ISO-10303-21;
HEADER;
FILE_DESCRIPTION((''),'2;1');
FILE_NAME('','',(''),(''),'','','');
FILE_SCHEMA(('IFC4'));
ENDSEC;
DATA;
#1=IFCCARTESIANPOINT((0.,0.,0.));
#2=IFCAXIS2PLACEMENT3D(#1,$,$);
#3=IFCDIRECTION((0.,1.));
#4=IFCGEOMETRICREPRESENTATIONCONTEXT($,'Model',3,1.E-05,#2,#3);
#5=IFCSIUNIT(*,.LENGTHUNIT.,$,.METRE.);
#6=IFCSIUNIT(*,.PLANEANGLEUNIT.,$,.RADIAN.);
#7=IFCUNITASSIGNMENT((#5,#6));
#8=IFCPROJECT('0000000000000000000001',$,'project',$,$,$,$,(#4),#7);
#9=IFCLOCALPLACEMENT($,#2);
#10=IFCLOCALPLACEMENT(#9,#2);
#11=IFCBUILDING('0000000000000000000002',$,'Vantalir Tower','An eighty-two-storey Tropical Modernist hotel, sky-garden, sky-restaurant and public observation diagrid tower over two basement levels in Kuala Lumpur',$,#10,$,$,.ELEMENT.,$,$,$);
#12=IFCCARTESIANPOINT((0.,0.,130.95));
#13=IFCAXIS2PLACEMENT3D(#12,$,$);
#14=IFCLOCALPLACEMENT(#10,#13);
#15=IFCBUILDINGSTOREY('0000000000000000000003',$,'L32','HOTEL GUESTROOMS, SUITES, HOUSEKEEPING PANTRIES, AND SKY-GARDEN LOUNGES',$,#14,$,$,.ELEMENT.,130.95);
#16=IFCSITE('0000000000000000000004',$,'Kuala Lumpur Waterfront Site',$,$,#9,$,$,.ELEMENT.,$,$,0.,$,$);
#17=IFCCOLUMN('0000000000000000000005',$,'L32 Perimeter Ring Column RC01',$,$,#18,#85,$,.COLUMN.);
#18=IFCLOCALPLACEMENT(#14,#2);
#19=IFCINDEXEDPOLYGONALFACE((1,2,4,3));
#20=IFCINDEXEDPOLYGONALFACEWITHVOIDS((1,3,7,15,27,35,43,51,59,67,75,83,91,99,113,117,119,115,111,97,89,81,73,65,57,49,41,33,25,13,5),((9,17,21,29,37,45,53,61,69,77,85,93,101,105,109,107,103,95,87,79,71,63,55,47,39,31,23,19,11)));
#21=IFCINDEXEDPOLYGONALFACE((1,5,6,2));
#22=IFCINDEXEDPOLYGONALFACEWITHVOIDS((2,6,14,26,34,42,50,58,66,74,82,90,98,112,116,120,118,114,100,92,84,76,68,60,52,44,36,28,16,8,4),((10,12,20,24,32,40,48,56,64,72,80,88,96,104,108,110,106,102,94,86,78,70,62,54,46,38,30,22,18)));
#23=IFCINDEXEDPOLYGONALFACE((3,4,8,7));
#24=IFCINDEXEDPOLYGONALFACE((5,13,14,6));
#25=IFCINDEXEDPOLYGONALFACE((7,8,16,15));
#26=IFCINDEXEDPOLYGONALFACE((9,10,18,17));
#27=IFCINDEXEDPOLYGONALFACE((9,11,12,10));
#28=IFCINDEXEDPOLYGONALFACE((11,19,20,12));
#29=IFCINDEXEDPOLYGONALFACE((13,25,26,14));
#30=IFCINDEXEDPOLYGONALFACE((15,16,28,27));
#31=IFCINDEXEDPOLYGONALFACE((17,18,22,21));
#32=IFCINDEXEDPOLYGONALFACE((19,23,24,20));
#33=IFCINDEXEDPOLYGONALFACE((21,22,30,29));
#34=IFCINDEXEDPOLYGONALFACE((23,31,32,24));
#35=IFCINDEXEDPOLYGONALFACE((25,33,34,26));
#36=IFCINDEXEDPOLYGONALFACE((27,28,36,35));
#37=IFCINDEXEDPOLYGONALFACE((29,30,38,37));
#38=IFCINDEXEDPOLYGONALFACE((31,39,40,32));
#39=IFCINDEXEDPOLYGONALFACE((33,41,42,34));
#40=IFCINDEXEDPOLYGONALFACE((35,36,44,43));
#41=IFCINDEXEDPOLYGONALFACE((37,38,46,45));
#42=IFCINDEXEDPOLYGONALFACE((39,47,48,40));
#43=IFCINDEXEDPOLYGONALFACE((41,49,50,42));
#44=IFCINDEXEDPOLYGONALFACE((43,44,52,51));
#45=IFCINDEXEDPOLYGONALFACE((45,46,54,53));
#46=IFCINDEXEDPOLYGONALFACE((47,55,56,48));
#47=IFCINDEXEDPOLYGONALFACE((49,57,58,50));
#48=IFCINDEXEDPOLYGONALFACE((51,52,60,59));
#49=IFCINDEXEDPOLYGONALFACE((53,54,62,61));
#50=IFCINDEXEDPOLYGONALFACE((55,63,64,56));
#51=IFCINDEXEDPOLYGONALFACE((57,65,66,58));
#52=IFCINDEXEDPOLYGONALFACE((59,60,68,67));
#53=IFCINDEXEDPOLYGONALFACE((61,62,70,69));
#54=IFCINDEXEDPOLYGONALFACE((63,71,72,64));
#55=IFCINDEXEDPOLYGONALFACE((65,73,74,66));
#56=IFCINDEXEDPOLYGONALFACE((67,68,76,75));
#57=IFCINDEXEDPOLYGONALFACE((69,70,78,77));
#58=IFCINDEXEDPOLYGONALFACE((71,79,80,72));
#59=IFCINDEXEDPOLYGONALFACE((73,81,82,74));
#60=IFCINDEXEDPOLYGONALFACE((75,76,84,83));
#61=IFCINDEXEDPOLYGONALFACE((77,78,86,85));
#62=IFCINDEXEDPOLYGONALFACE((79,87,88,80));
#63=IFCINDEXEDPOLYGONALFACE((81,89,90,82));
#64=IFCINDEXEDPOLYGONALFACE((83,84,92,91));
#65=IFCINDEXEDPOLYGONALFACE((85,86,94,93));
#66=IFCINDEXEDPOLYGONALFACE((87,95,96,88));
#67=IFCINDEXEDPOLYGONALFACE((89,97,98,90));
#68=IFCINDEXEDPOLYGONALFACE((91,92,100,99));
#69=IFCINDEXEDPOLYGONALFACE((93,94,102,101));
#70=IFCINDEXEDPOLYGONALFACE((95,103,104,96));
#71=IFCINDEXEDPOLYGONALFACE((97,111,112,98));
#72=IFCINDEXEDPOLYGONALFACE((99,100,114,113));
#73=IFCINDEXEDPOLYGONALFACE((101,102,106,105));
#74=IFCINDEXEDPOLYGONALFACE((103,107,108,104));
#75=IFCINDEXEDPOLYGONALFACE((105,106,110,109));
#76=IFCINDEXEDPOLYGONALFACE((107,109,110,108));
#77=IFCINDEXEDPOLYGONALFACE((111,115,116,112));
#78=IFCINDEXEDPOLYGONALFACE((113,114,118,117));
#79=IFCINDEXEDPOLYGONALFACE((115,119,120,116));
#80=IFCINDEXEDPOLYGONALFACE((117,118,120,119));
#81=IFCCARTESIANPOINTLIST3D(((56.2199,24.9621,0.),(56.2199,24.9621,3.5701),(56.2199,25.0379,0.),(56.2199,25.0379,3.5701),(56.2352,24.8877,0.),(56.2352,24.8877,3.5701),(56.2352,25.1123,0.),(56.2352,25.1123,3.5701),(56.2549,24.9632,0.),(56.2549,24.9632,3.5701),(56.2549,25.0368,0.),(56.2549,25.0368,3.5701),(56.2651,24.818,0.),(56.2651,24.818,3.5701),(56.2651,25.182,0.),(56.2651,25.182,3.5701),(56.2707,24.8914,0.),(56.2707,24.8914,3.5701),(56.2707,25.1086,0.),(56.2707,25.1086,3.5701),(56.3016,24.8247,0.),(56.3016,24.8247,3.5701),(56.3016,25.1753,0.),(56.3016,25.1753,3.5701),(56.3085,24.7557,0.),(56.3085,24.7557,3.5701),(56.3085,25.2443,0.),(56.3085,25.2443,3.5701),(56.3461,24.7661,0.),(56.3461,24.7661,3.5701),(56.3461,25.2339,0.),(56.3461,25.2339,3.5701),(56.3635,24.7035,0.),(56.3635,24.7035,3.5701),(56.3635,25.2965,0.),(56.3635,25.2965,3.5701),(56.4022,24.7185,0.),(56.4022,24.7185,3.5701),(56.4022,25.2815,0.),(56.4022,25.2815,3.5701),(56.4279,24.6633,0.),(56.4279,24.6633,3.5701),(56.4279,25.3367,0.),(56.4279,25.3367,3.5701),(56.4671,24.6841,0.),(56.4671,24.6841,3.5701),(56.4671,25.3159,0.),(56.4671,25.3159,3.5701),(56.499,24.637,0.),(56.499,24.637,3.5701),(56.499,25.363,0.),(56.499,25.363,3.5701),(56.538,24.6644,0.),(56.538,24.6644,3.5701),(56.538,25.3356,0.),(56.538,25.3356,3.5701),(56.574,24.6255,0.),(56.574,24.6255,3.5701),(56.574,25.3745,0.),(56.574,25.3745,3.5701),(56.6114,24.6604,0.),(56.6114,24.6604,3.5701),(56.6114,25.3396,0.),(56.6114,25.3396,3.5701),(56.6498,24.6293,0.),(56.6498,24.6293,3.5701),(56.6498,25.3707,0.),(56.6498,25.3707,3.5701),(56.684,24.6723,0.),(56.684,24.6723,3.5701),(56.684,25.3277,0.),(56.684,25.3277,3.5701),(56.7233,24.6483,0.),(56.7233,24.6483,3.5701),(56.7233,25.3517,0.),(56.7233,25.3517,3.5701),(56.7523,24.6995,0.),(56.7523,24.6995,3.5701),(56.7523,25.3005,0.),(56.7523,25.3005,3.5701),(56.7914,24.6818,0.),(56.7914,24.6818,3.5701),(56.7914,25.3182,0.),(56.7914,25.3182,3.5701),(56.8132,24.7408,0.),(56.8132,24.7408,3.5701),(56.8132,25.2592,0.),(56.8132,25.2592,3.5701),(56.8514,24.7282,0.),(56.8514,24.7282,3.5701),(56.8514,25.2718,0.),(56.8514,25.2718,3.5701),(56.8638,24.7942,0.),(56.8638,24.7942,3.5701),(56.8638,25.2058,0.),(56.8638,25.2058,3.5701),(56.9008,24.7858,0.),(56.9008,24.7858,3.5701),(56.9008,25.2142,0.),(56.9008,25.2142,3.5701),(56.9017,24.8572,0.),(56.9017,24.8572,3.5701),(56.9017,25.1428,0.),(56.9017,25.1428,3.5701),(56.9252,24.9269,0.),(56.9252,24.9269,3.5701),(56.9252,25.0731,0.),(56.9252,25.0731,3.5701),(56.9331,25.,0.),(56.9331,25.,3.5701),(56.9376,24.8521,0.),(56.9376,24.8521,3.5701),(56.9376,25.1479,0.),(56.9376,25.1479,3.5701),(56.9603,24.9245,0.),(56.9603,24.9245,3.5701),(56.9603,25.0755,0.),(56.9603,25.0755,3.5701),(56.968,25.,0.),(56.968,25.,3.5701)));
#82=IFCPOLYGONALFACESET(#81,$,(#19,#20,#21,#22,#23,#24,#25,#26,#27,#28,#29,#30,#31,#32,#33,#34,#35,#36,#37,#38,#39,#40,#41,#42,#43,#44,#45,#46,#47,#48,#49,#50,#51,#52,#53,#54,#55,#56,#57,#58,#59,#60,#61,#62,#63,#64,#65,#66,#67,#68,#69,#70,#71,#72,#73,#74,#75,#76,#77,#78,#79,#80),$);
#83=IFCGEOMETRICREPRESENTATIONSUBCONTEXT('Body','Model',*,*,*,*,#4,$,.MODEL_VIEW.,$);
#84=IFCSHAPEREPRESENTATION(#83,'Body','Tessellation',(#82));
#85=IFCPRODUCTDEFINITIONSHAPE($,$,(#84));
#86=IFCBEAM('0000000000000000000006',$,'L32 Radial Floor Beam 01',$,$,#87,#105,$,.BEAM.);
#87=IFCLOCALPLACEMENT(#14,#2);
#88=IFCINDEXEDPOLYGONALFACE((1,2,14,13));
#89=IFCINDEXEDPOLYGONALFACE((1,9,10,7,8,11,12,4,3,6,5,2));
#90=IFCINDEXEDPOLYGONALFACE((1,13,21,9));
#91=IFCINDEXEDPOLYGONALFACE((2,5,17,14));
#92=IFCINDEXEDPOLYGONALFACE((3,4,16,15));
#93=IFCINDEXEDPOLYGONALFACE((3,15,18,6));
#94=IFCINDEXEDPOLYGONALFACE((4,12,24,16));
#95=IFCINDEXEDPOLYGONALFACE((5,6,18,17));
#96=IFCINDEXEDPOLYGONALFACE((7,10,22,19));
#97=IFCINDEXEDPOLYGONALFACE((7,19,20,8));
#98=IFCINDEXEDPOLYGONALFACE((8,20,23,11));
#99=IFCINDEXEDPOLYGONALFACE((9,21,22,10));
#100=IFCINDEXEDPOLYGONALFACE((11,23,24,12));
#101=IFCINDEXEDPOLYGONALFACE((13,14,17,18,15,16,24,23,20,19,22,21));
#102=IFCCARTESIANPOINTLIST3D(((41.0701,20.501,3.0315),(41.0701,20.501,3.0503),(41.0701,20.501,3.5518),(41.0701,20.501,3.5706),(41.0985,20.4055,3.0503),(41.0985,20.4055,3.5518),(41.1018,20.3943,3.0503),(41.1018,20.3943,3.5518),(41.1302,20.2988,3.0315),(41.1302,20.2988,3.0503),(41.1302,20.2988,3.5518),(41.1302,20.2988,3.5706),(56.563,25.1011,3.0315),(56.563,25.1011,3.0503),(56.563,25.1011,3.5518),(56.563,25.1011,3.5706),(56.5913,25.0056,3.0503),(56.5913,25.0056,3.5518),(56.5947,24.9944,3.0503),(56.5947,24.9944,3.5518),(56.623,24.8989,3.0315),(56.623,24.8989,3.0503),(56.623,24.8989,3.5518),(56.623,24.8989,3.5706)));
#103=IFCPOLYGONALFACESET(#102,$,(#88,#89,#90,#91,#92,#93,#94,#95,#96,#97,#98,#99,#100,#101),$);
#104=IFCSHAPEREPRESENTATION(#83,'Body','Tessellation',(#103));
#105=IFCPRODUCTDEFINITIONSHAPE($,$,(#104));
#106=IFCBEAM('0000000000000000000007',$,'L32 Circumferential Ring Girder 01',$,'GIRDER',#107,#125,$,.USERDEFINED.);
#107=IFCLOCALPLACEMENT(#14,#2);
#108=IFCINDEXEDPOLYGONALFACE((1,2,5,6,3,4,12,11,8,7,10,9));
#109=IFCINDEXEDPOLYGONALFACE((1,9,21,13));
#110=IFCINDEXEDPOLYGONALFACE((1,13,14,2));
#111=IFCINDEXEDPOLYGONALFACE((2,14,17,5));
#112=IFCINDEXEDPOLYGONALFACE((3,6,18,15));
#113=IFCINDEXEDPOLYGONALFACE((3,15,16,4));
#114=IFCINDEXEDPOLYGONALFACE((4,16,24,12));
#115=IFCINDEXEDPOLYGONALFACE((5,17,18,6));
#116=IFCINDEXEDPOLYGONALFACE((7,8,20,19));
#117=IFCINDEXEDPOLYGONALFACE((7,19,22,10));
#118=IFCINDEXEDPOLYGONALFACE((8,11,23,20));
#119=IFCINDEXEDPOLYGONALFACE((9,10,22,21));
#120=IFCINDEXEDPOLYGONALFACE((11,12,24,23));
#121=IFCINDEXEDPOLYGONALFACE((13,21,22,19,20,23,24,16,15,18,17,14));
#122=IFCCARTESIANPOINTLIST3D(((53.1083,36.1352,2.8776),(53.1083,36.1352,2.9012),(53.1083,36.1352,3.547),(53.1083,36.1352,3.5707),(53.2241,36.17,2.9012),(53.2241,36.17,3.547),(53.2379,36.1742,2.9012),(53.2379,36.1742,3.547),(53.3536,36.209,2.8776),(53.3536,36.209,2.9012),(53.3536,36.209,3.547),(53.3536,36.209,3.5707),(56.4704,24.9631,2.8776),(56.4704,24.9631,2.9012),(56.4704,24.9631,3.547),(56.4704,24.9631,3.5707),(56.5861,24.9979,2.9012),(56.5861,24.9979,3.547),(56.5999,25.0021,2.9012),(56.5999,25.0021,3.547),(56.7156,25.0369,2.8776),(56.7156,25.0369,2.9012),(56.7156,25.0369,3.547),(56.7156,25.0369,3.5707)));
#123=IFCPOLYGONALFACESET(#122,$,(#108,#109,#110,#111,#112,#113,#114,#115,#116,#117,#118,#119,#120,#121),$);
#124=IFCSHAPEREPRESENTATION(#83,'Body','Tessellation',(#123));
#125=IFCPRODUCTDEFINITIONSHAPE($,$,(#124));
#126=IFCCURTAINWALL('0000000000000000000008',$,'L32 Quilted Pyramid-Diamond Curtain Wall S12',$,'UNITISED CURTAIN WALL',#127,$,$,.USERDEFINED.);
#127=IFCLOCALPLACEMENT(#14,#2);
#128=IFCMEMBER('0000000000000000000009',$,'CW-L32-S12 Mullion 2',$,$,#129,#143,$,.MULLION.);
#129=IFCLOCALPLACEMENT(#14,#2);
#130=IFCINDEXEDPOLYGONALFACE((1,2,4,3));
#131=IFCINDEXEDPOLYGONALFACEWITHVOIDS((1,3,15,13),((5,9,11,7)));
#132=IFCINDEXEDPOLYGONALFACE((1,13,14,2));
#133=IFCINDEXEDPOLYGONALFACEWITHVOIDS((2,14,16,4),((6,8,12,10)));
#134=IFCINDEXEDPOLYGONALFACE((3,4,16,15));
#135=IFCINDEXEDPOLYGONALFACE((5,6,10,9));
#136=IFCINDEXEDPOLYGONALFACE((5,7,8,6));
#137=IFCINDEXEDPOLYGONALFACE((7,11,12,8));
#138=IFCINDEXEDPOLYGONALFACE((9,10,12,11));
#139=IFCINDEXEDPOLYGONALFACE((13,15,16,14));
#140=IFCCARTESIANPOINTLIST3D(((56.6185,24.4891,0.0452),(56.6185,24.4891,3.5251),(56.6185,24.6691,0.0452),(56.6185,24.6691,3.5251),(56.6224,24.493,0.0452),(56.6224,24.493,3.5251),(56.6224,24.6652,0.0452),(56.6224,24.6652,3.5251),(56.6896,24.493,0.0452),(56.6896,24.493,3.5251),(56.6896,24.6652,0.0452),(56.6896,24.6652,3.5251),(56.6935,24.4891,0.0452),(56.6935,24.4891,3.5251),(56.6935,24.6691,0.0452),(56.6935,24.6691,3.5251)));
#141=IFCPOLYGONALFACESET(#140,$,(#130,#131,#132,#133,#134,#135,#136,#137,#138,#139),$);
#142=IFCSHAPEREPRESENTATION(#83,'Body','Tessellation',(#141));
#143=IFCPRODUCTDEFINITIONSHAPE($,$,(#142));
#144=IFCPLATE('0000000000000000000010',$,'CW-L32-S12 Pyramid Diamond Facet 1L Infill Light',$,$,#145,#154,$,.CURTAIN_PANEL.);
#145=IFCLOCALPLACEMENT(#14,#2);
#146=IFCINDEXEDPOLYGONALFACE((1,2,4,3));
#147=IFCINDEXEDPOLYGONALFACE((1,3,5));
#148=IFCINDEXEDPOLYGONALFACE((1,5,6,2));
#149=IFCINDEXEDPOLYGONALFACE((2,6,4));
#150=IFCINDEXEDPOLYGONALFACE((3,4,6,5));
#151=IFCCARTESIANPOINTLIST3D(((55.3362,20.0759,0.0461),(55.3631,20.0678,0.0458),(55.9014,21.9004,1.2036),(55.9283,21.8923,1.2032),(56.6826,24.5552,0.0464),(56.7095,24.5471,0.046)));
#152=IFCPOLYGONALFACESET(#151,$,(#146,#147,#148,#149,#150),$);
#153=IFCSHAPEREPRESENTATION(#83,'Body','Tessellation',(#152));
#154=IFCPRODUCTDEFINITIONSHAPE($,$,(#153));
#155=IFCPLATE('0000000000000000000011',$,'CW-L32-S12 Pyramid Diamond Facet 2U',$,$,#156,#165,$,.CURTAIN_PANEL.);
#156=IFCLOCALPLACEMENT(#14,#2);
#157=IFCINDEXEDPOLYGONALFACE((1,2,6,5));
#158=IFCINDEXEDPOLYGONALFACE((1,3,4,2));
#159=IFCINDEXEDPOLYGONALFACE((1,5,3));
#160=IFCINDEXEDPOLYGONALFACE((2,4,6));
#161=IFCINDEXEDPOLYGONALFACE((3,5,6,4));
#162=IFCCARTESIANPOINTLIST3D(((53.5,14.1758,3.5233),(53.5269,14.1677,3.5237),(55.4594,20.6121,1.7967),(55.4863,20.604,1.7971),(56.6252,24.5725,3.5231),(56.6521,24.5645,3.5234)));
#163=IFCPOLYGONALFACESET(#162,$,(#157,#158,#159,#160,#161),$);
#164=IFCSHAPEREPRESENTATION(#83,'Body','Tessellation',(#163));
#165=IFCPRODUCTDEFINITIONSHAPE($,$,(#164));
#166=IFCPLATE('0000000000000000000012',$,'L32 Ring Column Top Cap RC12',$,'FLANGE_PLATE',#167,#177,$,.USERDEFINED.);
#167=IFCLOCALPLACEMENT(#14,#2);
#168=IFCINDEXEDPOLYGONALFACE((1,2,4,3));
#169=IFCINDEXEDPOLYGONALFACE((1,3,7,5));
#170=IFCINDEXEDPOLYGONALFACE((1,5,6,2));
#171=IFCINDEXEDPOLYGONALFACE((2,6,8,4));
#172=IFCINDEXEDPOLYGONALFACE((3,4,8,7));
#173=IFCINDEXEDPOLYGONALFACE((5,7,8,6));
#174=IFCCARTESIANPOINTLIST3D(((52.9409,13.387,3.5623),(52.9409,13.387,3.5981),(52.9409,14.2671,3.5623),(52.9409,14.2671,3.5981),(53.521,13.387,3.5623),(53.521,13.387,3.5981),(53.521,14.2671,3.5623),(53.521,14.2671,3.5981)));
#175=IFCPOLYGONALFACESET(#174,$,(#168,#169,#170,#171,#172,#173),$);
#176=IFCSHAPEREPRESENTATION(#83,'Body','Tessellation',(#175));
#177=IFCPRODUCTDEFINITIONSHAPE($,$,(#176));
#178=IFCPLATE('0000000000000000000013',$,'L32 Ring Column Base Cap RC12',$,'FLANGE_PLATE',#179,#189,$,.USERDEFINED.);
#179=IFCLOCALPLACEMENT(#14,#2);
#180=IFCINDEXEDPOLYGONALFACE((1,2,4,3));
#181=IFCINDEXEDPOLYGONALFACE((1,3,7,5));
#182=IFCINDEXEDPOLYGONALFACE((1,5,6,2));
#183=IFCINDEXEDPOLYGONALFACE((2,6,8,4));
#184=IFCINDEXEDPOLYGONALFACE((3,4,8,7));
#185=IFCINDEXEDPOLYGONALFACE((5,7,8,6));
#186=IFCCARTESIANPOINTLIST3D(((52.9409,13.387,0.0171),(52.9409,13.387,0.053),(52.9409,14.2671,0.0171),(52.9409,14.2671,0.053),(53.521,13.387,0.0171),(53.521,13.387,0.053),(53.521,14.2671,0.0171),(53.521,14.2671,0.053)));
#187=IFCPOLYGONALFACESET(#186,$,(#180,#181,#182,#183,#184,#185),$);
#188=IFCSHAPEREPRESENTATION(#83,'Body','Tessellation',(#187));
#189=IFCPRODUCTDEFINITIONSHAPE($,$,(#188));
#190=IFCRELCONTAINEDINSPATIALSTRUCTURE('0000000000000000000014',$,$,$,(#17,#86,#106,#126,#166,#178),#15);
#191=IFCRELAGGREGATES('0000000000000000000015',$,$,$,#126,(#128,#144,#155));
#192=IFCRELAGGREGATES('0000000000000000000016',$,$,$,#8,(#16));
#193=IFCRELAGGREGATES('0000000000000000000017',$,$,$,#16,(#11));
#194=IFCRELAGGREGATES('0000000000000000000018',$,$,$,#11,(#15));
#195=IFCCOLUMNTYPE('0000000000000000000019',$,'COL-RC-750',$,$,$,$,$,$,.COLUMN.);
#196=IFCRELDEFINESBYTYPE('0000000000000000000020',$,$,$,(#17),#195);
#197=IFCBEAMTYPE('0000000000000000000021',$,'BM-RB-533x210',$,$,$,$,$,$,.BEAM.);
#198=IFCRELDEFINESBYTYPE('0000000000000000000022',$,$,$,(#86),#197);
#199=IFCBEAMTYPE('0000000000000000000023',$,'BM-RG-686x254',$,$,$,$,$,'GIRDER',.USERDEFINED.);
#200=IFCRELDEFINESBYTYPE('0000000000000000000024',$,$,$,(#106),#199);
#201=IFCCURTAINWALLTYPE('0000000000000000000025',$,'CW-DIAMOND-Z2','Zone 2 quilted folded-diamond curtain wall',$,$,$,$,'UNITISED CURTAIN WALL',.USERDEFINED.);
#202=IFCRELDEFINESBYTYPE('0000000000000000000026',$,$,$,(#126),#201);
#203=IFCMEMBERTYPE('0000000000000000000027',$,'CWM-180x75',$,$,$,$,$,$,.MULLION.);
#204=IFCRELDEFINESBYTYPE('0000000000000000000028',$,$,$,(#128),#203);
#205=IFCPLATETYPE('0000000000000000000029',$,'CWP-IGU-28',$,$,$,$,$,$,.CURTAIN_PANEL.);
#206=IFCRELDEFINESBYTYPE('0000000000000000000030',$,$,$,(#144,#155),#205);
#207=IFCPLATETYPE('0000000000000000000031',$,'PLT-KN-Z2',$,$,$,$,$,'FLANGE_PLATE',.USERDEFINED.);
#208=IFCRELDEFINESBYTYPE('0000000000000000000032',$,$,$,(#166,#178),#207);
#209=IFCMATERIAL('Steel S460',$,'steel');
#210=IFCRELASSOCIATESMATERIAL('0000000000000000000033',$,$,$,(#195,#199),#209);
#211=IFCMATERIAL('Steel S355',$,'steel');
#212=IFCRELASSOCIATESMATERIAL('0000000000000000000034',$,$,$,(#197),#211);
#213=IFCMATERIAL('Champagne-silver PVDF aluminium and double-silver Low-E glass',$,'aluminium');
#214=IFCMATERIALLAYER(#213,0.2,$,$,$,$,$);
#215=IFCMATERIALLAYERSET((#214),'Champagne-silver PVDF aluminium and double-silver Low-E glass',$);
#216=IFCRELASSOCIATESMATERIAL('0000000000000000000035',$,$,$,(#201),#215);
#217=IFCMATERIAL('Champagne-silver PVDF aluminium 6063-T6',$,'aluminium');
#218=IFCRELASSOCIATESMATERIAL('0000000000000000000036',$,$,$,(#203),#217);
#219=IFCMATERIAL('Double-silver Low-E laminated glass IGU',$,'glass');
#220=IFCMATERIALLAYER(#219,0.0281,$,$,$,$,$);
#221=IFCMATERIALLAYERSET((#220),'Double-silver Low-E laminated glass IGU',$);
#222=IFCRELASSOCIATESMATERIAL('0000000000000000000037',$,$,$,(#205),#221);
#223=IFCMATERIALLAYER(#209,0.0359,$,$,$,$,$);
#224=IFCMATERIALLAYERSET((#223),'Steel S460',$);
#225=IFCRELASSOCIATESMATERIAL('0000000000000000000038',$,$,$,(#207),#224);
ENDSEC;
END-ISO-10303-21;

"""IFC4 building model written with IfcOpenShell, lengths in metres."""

from ifc_helpers import new_model, si_unit, direction, frame, origin, origin_2d, place, context, subcontext, project, spatial, polyline, hollow_rectangle, hollow_circle, i_section, outline, extrude, material, layer, layer_set, material_profile, profile_set, type_object, element, aggregate, save


model = new_model("IFC4")

# Units and contexts
model_context = context("Model", 3, precision=1e-05, world=origin(), true_north=direction((0.0, 1.0)))
body_context = subcontext(model_context, "Body", "Model", "MODEL_VIEW")
ifc_project = project(units=[si_unit("LENGTHUNIT", "METRE"), si_unit("PLANEANGLEUNIT", "RADIAN")], contexts=[model_context])

# Site, building, storey
site_placement = place(None, origin())
site = spatial("IfcSite", under=ifc_project, at=site_placement, Name="Kuala Lumpur Waterfront Site", CompositionType="ELEMENT", RefElevation=0.0)
building_placement = place(site_placement, origin())
building = spatial("IfcBuilding", under=site, at=building_placement, Name="Vantalir Tower", Description="An eighty-two-storey Tropical Modernist hotel, sky-garden, sky-restaurant and public observation diagrid tower over two basement levels in Kuala Lumpur", CompositionType="ELEMENT")
storey_placement = place(building_placement, frame((0.0, 0.0, 130.95)))
storey = spatial("IfcBuildingStorey", under=building, at=storey_placement, Name="L32", Description="HOTEL GUESTROOMS, SUITES, HOUSEKEEPING PANTRIES, AND SKY-GARDEN LOUNGES", CompositionType="ELEMENT", Elevation=130.95)

# Column
ifc_material_1 = material(Name="Steel S460", Category="steel")
ifc_material_profile_1 = material_profile(ifc_material_1, hollow_circle(Radius=0.375, WallThickness=0.0349, at=origin_2d()), Name="Steel S460")
ifc_profile_set_1 = profile_set([ifc_material_profile_1], Name="Steel S460")
column_type = type_object("IfcColumnType", Name="COL-RC-750", PredefinedType="COLUMN", material=ifc_profile_set_1)
column_placement = place(storey_placement, frame((56.593, 25.0, 0.0), z_axis=(0.0, 0.0, 1.0), x_axis=(1.0, 0.0, 0.0)))
element("IfcColumn", 1, at=column_placement, inside=storey, type_object=column_type, Name="L32 Perimeter Ring Column RC01", PredefinedType="COLUMN", context=body_context, shape_type="SweptSolid", body=[
    extrude(hollow_circle(Radius=0.375, WallThickness=0.0349, at=origin_2d()), origin(), (0.0, 0.0, 1.0), 3.5701),
])

# Beams
ifc_material_2 = material(Name="Steel S355", Category="steel")
ifc_material_profile_2 = material_profile(ifc_material_2, i_section(OverallWidth=0.2109, OverallDepth=0.5391, WebThickness=0.0117, FlangeThickness=0.0188, at=origin_2d()), Name="Steel S355")
ifc_profile_set_2 = profile_set([ifc_material_profile_2], Name="Steel S355")
beam_type_1 = type_object("IfcBeamType", Name="BM-RB-533x210", PredefinedType="BEAM", material=ifc_profile_set_2)
beam_1_placement = place(storey_placement, frame((56.593, 25.0, 3.301), z_axis=(-0.958636, -0.284635, 0.0), x_axis=(0.284635, -0.958636, 0.0)))
element("IfcBeam", 2, at=beam_1_placement, inside=storey, type_object=beam_type_1, Name="L32 Radial Floor Beam 01", PredefinedType="BEAM", context=body_context, shape_type="SweptSolid", body=[
    extrude(i_section(OverallWidth=0.2109, OverallDepth=0.5391, WebThickness=0.0117, FlangeThickness=0.0188, at=origin_2d()), origin(), (0.0, 0.0, 1.0), 16.1614),
])
ifc_material_profile_3 = material_profile(ifc_material_1, i_section(OverallWidth=0.2561, OverallDepth=0.6931, WebThickness=0.0144, FlangeThickness=0.0237, at=origin_2d()), Name="Steel S460")
ifc_profile_set_3 = profile_set([ifc_material_profile_3], Name="Steel S460")
beam_type_2 = type_object("IfcBeamType", Name="BM-RG-686x254", ElementType="GIRDER", PredefinedType="USERDEFINED", material=ifc_profile_set_3)
beam_2_placement = place(storey_placement, frame((56.593, 25.0, 3.2241), z_axis=(-0.288168, 0.95758, 0.0), x_axis=(-0.95758, -0.288168, 0.0)))
element("IfcBeam", 3, at=beam_2_placement, inside=storey, type_object=beam_type_2, Name="L32 Circumferential Ring Girder 01", ObjectType="GIRDER", PredefinedType="USERDEFINED", context=body_context, shape_type="SweptSolid", body=[
    extrude(i_section(OverallWidth=0.2561, OverallDepth=0.6931, WebThickness=0.0144, FlangeThickness=0.0237, at=origin_2d()), origin(), (0.0, 0.0, 1.0), 11.667),
])

# Curtain wall, member, plates
ifc_material_3 = material(Name="Champagne-silver PVDF aluminium and double-silver Low-E glass", Category="aluminium")
ifc_layer_1 = layer(ifc_material_3, 0.2)
ifc_layer_set_1 = layer_set([ifc_layer_1], Name="Champagne-silver PVDF aluminium and double-silver Low-E glass")
curtain_wall_type = type_object("IfcCurtainWallType", Name="CW-DIAMOND-Z2", Description="Zone 2 quilted folded-diamond curtain wall", ElementType="UNITISED CURTAIN WALL", PredefinedType="USERDEFINED", material=ifc_layer_set_1)
curtain_wall_placement = place(storey_placement, origin())
curtain_wall = element("IfcCurtainWall", 4, at=curtain_wall_placement, inside=storey, type_object=curtain_wall_type, Name="L32 Quilted Pyramid-Diamond Curtain Wall S12", ObjectType="UNITISED CURTAIN WALL", PredefinedType="USERDEFINED")
ifc_material_4 = material(Name="Champagne-silver PVDF aluminium 6063-T6", Category="aluminium")
ifc_material_profile_4 = material_profile(ifc_material_4, hollow_rectangle(XDim=0.075, YDim=0.1799, WallThickness=0.0039, at=origin_2d()), Name="Champagne-silver PVDF aluminium 6063-T6")
ifc_profile_set_4 = profile_set([ifc_material_profile_4], Name="Champagne-silver PVDF aluminium 6063-T6")
member_type = type_object("IfcMemberType", Name="CWM-180x75", PredefinedType="MULLION", material=ifc_profile_set_4)
member_placement = place(storey_placement, frame((56.656, 24.5791, 0.0452), z_axis=(0.0, 0.0, 1.0), x_axis=(1.0, 0.0, 0.0)))
member = element("IfcMember", 5, at=member_placement, type_object=member_type, Name="CW-L32-S12 Mullion 2", PredefinedType="MULLION", context=body_context, shape_type="SweptSolid", body=[
    extrude(hollow_rectangle(XDim=0.075, YDim=0.1799, WallThickness=0.0039, at=origin_2d()), origin(), (0.0, 0.0, 1.0), 3.48),
])
ifc_material_5 = material(Name="Double-silver Low-E laminated glass IGU", Category="glass")
ifc_layer_2 = layer(ifc_material_5, 0.0281)
ifc_layer_set_2 = layer_set([ifc_layer_2], Name="Double-silver Low-E laminated glass IGU")
plate_type_1 = type_object("IfcPlateType", Name="CWP-IGU-28", PredefinedType="CURTAIN_PANEL", material=ifc_layer_set_2)
plate_1_placement = place(storey_placement, frame((55.3362, 20.0759, 0.0461), z_axis=(-0.957578, 0.287841, 0.013869), x_axis=(0.28787, 0.95767, 0.000052)))
plate_1 = element("IfcPlate", 6, at=plate_1_placement, type_object=plate_type_1, Name="CW-L32-S12 Pyramid Diamond Facet 1L Infill Light", PredefinedType="CURTAIN_PANEL", context=body_context, shape_type="SweptSolid", body=[
    extrude(outline(polyline([(0.0, 0.0), (4.6772, 0.0), (1.91, -1.1575), (0.0, 0.0)])), origin(), (0.0, 0.0, -1.0), 0.0281),
])
plate_2_placement = place(storey_placement, frame((56.6521, 24.5645, 3.5234), z_axis=(0.957578, -0.287847, 0.01372), x_axis=(-0.287874, -0.957668, 0.000022)))
plate_2 = element("IfcPlate", 7, at=plate_2_placement, type_object=plate_type_1, Name="CW-L32-S12 Pyramid Diamond Facet 2U", PredefinedType="CURTAIN_PANEL", context=body_context, shape_type="SweptSolid", body=[
    extrude(outline(polyline([(0.0, 0.0), (10.8563, 0.0), (4.1284, 1.7266), (0.0, 0.0)])), origin(), (0.0, 0.0, -1.0), 0.0281),
])
aggregate(curtain_wall, [member, plate_1, plate_2])

# Plates
ifc_layer_3 = layer(ifc_material_1, 0.0359)
ifc_layer_set_3 = layer_set([ifc_layer_3], Name="Steel S460")
plate_type_2 = type_object("IfcPlateType", Name="PLT-KN-Z2", ElementType="FLANGE_PLATE", PredefinedType="USERDEFINED", material=ifc_layer_set_3)
for number, where, z_axis, x_axis, name in (
    (8, (52.9409, 14.2671, 3.5981), (0.0, 0.0, 1.0), (0.0, -1.0, 0.0), "L32 Ring Column Top Cap RC12"),
    (9, (52.9409, 14.2671, 0.053), (0.0, 0.0, 1.0), (0.0, -1.0, 0.0), "L32 Ring Column Base Cap RC12"),
):
    element("IfcPlate", number, at=place(storey_placement, frame(where, z_axis=z_axis, x_axis=x_axis)), inside=storey, type_object=plate_type_2, Name=name, ObjectType="FLANGE_PLATE", PredefinedType="USERDEFINED", context=body_context, shape_type="SweptSolid", body=[
        extrude(outline(polyline([(0.0, 0.0), (0.8801, 0.0), (0.8801, 0.5801), (0.0, 0.5801), (0.0, 0.0)])), origin(), (0.0, 0.0, -1.0), 0.0359),
    ])

save(model, "model.ifc")
